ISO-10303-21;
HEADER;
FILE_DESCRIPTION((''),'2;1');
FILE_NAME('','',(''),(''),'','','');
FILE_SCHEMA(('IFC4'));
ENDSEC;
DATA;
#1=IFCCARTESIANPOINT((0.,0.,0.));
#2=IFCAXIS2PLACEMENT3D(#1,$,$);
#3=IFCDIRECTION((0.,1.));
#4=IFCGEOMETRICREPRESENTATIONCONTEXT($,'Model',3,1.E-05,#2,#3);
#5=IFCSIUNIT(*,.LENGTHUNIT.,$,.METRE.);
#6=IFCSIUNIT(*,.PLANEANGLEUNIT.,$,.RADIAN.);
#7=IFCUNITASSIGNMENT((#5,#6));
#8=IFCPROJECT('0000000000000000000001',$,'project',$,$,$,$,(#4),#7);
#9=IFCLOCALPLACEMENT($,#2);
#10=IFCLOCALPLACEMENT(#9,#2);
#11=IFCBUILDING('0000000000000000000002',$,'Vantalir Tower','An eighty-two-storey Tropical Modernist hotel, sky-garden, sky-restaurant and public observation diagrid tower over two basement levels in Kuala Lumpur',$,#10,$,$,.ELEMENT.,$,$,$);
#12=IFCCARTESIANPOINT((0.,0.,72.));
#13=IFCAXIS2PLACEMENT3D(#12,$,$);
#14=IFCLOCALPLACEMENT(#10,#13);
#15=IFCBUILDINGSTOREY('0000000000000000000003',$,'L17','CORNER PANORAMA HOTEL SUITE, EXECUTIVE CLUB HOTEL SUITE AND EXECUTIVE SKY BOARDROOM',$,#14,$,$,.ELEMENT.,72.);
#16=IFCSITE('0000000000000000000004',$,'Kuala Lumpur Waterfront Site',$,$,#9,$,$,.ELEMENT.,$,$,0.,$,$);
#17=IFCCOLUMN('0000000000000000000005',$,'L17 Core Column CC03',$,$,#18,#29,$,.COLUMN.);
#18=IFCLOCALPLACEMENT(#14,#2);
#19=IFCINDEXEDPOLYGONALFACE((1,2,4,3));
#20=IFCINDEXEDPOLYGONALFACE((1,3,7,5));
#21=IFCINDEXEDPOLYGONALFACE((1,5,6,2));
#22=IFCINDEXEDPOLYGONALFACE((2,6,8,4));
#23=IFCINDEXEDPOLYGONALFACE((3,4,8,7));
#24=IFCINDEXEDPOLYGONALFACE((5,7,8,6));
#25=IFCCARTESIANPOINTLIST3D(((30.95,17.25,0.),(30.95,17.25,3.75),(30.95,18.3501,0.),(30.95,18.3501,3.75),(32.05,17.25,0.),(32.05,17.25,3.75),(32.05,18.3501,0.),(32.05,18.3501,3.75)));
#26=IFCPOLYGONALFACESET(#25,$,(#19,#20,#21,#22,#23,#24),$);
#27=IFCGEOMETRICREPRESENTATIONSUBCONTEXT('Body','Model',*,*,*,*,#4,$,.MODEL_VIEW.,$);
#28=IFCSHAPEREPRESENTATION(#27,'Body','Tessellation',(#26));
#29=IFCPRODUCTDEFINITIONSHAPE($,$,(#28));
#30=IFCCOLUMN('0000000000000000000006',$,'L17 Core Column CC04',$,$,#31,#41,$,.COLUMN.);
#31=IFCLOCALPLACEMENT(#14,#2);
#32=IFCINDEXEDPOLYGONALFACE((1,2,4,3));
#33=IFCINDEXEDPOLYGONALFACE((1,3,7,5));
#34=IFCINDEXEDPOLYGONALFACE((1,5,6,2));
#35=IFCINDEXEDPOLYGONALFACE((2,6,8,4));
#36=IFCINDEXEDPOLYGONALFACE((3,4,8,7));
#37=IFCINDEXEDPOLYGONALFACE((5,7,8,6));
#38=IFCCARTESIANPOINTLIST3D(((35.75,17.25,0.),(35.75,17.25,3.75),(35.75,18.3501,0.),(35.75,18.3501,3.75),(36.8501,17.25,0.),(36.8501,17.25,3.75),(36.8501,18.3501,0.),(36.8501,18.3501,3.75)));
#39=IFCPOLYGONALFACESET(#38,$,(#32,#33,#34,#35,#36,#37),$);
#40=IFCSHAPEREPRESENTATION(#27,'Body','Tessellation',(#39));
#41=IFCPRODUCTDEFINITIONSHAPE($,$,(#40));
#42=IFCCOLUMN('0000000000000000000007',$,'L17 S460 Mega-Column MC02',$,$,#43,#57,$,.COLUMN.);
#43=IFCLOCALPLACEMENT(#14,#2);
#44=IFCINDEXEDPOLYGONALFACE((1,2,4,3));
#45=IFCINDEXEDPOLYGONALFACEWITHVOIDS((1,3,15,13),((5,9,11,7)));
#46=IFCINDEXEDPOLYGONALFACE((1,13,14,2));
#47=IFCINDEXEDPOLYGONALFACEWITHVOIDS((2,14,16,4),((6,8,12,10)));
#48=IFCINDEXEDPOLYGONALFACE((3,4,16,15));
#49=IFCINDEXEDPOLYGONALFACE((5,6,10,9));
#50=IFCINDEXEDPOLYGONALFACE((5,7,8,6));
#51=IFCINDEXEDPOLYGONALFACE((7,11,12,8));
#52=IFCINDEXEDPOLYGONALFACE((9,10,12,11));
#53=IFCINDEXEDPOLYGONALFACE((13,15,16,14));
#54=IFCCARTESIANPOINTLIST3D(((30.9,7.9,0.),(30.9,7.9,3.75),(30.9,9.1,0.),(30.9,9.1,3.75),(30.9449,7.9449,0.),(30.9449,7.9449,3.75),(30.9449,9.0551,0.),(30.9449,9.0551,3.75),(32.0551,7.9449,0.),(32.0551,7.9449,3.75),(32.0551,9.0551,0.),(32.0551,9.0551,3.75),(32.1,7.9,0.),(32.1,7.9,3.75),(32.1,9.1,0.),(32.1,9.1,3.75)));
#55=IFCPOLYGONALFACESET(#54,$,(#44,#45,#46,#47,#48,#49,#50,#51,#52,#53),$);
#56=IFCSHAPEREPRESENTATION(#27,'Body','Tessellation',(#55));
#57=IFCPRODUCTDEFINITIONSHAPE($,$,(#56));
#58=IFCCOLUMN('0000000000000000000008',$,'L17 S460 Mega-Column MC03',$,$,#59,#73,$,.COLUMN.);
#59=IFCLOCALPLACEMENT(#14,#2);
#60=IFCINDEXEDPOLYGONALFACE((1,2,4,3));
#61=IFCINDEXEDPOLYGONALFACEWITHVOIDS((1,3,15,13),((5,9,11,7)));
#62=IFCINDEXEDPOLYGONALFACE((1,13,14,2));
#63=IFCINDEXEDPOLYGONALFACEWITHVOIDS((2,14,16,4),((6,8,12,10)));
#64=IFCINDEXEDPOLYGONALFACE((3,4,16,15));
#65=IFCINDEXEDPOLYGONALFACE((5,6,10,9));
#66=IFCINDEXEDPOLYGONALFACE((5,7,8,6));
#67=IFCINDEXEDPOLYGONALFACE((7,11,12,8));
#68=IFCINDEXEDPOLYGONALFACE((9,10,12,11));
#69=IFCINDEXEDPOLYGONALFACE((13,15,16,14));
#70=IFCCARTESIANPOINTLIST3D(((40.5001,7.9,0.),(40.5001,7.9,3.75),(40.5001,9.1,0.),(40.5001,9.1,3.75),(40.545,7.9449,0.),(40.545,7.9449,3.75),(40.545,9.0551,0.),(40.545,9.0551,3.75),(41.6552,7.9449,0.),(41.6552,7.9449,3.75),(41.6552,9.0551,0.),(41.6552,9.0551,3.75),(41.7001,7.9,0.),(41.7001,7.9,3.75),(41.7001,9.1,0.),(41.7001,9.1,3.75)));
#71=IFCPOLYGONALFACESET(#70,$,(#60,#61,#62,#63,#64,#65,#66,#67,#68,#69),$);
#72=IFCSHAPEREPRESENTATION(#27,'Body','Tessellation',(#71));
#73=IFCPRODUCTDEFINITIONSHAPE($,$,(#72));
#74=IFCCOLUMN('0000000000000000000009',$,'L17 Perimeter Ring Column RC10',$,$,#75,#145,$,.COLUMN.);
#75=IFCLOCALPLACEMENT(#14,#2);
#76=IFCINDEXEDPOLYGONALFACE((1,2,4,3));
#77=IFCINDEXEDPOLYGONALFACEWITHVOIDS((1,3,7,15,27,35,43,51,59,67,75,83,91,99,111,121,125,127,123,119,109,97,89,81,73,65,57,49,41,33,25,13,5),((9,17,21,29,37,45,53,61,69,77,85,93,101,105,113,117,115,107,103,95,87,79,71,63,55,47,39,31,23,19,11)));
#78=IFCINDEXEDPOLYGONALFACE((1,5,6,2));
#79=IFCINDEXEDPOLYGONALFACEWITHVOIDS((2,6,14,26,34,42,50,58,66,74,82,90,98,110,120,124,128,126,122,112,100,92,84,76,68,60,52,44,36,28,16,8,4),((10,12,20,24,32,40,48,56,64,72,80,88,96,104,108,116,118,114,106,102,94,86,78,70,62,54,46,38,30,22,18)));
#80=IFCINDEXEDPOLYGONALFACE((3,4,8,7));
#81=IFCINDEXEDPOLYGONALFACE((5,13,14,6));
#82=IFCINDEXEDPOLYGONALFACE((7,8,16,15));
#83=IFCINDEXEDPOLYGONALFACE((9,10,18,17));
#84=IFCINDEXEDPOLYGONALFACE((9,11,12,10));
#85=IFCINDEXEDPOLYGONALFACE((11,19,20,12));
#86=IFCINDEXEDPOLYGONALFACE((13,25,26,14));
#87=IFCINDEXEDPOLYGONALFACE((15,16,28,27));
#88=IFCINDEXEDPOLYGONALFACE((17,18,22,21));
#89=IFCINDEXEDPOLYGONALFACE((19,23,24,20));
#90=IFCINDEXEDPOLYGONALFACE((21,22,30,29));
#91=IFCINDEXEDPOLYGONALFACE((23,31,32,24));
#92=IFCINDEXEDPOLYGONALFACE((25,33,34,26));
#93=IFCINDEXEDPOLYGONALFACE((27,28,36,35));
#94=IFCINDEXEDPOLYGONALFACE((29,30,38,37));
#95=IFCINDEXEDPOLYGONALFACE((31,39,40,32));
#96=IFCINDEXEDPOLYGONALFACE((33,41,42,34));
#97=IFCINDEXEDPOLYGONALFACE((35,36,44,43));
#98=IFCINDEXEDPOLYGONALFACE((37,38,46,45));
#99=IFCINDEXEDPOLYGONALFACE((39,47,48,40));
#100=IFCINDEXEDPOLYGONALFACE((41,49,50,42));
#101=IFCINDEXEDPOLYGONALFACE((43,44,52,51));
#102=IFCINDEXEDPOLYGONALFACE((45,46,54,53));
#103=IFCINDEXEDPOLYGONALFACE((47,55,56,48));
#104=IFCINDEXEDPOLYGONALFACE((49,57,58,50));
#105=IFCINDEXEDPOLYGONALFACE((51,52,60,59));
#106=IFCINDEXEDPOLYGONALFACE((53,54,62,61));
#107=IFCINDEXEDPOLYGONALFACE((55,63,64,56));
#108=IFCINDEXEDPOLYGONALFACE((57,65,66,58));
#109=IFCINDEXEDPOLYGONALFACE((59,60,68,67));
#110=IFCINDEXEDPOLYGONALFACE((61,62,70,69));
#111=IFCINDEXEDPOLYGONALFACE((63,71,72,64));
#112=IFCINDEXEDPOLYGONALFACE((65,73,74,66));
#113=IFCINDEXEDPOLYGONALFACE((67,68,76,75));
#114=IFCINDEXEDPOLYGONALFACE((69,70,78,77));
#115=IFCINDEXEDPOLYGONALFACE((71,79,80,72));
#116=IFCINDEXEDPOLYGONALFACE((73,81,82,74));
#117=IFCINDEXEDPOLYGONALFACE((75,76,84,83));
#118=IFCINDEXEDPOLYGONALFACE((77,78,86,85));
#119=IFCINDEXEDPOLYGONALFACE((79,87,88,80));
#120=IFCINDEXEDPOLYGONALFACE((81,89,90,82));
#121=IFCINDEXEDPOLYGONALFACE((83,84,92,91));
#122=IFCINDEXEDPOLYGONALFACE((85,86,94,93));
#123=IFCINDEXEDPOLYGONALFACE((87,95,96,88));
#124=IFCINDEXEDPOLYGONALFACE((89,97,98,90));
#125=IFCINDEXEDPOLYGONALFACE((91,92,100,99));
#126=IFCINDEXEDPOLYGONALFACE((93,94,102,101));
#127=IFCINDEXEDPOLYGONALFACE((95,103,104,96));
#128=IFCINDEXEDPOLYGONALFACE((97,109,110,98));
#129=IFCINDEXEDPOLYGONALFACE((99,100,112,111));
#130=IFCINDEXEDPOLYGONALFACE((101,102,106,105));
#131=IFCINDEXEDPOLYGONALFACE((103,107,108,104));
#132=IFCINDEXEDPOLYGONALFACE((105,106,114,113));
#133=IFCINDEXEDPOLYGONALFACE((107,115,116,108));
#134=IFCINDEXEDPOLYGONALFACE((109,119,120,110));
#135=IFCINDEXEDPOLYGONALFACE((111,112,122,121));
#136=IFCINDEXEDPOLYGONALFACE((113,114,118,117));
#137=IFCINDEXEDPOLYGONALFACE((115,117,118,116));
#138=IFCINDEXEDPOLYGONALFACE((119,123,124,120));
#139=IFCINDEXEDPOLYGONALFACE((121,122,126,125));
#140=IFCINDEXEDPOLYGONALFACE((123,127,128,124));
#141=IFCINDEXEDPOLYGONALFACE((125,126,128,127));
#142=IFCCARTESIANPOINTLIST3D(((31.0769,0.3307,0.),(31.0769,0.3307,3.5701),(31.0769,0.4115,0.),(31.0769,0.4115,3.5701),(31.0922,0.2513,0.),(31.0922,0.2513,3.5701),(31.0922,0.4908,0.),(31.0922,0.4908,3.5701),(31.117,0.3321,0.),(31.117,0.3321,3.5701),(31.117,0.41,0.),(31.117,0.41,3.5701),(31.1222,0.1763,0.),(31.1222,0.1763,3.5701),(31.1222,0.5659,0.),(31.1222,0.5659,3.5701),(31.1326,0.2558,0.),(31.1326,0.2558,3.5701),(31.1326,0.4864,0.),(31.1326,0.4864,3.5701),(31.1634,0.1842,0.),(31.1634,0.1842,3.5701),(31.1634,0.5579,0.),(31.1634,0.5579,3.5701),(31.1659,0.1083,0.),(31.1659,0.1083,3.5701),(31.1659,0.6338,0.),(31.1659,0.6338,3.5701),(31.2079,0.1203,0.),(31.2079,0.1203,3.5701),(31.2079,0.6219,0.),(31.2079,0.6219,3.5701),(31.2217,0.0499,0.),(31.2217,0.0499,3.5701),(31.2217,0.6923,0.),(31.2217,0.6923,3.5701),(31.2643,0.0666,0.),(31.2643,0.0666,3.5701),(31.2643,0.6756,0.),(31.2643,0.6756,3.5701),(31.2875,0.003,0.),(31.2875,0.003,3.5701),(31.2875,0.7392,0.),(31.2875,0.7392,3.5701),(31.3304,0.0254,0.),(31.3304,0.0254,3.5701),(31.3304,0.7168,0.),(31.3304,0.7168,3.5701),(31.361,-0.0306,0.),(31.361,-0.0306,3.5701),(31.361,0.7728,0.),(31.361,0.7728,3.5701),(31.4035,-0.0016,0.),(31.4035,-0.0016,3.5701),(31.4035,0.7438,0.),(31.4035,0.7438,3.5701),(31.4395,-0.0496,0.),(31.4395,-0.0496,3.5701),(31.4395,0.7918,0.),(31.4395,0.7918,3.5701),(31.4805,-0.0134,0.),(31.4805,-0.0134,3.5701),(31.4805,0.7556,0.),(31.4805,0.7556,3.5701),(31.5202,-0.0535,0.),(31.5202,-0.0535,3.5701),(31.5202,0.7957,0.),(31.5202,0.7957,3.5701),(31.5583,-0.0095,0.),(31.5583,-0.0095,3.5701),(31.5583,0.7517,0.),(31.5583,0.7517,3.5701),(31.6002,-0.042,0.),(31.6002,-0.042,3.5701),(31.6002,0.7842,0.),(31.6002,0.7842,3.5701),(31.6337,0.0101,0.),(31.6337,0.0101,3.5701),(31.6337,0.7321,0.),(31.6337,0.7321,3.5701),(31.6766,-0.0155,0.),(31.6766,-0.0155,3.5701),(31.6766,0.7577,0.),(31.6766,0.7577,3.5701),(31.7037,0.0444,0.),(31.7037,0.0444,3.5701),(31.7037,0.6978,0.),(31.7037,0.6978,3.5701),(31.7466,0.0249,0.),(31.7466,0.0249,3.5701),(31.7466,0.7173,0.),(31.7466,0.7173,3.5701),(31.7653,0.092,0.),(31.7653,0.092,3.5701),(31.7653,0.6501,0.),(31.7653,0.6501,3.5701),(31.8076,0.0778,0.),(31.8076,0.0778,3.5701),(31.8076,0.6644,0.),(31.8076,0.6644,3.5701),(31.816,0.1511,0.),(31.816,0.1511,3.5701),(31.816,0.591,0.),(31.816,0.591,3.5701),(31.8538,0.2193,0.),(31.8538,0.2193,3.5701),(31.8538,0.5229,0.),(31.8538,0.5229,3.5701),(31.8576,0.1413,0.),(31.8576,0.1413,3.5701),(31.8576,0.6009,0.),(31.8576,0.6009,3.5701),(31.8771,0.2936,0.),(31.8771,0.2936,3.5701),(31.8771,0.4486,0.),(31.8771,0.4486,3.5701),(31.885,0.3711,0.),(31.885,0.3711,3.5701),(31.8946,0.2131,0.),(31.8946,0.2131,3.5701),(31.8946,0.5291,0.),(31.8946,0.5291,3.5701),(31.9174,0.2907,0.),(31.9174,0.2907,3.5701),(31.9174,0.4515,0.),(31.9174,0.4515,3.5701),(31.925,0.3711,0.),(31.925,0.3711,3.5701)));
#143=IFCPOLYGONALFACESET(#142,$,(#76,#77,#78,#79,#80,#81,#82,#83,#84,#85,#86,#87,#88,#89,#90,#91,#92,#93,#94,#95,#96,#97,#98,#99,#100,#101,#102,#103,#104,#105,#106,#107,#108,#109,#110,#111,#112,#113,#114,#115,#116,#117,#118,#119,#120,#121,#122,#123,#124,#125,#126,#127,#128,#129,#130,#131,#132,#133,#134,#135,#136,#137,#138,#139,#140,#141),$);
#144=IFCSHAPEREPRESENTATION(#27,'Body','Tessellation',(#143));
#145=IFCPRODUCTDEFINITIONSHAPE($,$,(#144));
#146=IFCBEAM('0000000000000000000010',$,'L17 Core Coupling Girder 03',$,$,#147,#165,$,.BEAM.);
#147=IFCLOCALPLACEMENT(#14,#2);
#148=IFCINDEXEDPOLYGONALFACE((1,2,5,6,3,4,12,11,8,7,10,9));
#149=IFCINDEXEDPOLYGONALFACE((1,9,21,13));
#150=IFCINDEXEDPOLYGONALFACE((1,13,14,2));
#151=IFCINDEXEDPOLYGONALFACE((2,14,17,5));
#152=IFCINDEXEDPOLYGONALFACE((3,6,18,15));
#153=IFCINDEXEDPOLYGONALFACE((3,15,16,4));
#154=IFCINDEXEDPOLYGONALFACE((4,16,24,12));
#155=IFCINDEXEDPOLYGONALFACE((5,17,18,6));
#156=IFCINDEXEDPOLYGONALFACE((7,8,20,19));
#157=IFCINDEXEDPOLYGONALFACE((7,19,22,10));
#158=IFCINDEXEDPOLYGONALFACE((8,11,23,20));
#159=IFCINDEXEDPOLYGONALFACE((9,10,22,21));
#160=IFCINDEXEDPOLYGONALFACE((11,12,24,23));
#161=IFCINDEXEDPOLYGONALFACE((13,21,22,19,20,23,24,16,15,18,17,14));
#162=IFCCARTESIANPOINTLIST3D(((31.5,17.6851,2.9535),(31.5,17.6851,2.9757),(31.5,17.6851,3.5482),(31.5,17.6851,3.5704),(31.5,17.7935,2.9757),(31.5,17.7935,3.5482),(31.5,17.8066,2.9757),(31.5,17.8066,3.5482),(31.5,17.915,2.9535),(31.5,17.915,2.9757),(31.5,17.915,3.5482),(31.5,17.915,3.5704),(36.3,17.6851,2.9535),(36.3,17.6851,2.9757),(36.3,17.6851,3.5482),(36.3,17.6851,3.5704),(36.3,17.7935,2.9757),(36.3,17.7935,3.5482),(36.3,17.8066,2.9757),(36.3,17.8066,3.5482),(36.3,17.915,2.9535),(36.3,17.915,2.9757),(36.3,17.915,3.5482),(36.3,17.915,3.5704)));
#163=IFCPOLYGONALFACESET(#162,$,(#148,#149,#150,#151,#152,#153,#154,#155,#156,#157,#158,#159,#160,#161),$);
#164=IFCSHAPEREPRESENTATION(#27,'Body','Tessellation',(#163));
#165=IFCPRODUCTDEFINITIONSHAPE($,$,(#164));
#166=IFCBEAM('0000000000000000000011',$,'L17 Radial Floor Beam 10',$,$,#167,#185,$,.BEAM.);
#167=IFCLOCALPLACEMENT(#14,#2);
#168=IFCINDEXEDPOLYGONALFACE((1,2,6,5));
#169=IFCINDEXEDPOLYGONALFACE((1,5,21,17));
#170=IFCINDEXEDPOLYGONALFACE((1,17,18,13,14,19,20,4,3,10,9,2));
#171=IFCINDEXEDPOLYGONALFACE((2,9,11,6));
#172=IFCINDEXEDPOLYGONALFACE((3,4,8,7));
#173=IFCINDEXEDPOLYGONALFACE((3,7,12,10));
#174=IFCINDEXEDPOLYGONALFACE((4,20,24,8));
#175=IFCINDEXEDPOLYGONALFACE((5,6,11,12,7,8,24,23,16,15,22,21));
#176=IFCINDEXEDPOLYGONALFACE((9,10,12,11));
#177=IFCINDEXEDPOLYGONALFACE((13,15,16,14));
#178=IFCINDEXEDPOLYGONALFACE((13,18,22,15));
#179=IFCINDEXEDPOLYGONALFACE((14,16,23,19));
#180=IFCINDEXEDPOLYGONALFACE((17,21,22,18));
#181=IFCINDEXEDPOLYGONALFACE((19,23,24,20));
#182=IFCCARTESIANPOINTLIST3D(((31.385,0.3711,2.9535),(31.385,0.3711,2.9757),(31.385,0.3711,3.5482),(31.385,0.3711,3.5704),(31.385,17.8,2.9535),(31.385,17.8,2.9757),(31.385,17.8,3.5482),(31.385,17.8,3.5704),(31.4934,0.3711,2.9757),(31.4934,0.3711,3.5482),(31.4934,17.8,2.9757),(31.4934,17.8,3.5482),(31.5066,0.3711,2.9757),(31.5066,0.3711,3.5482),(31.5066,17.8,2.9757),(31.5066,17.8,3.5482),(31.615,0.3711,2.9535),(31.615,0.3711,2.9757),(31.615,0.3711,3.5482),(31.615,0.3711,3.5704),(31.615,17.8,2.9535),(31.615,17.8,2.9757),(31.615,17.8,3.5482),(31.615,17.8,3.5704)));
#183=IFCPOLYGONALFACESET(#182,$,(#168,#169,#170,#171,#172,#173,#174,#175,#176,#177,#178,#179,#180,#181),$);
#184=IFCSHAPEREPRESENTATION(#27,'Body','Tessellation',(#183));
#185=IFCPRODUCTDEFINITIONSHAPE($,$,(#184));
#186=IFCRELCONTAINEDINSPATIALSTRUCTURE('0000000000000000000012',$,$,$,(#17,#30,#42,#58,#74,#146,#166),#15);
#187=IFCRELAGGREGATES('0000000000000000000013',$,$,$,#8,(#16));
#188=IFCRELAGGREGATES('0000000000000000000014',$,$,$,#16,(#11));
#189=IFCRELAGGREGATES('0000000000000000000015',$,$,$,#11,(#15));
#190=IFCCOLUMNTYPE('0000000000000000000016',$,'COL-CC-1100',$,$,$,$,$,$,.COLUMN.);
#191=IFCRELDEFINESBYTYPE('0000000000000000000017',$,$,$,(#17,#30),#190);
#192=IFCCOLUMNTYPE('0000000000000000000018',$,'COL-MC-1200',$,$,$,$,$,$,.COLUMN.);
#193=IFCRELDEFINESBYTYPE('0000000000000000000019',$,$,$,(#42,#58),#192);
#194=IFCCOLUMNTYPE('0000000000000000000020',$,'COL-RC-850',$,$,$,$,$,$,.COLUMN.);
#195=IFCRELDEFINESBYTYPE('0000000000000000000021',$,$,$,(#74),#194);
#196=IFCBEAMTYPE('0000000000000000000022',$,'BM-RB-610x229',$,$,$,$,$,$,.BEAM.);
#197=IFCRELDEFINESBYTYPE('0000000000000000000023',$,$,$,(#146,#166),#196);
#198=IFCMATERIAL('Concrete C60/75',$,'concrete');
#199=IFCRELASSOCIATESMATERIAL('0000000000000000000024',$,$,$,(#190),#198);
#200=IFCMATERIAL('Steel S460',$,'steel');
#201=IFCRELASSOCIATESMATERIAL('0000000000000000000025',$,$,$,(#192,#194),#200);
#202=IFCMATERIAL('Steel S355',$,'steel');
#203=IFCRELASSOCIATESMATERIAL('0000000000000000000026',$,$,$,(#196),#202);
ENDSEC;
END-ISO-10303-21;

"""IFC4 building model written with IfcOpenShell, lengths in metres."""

from ifc_helpers import new_model, si_unit, direction, frame, origin, origin_2d, place, context, subcontext, project, spatial, rectangle, hollow_rectangle, hollow_circle, i_section, extrude, material, material_profile, profile_set, type_object, element, save


model = new_model("IFC4")

# Units and contexts
model_context = context("Model", 3, precision=1e-05, world=origin(), true_north=direction((0.0, 1.0)))
body_context = subcontext(model_context, "Body", "Model", "MODEL_VIEW")
ifc_project = project(units=[si_unit("LENGTHUNIT", "METRE"), si_unit("PLANEANGLEUNIT", "RADIAN")], contexts=[model_context])

# Site, building, storey
site_placement = place(None, origin())
site = spatial("IfcSite", under=ifc_project, at=site_placement, Name="Kuala Lumpur Waterfront Site", CompositionType="ELEMENT", RefElevation=0.0)
building_placement = place(site_placement, origin())
building = spatial("IfcBuilding", under=site, at=building_placement, Name="Vantalir Tower", Description="An eighty-two-storey Tropical Modernist hotel, sky-garden, sky-restaurant and public observation diagrid tower over two basement levels in Kuala Lumpur", CompositionType="ELEMENT")
storey_placement = place(building_placement, frame((0.0, 0.0, 72.0)))
storey = spatial("IfcBuildingStorey", under=building, at=storey_placement, Name="L17", Description="CORNER PANORAMA HOTEL SUITE, EXECUTIVE CLUB HOTEL SUITE AND EXECUTIVE SKY BOARDROOM", CompositionType="ELEMENT", Elevation=72.0)

# Columns
ifc_material_1 = material(Name="Concrete C60/75", Category="concrete")
ifc_material_profile_1 = material_profile(ifc_material_1, rectangle(XDim=1.1001, YDim=1.1001, at=origin_2d()), Name="Concrete C60/75")
ifc_profile_set_1 = profile_set([ifc_material_profile_1], Name="Concrete C60/75")
column_type_1 = type_object("IfcColumnType", Name="COL-CC-1100", PredefinedType="COLUMN", material=ifc_profile_set_1)
for number, where, z_axis, x_axis, name in (
    (1, (31.5, 17.8, 0.0), (0.0, 0.0, 1.0), (1.0, 0.0, 0.0), "L17 Core Column CC03"),
    (2, (36.3, 17.8, 0.0), (0.0, 0.0, 1.0), (1.0, 0.0, 0.0), "L17 Core Column CC04"),
):
    element("IfcColumn", number, at=place(storey_placement, frame(where, z_axis=z_axis, x_axis=x_axis)), inside=storey, type_object=column_type_1, Name=name, PredefinedType="COLUMN", context=body_context, shape_type="SweptSolid", body=[
        extrude(rectangle(XDim=1.1001, YDim=1.1001, at=origin_2d()), origin(), (0.0, 0.0, 1.0), 3.75),
    ])
ifc_material_2 = material(Name="Steel S460", Category="steel")
ifc_material_profile_2 = material_profile(ifc_material_2, hollow_rectangle(XDim=1.2, YDim=1.2, WallThickness=0.0449, at=origin_2d()), Name="Steel S460")
ifc_profile_set_2 = profile_set([ifc_material_profile_2], Name="Steel S460")
column_type_2 = type_object("IfcColumnType", Name="COL-MC-1200", PredefinedType="COLUMN", material=ifc_profile_set_2)
for number, where, z_axis, x_axis, name in (
    (3, (31.5, 8.5, 0.0), (0.0, 0.0, 1.0), (1.0, 0.0, 0.0), "L17 S460 Mega-Column MC02"),
    (4, (41.1001, 8.5, 0.0), (0.0, 0.0, 1.0), (1.0, 0.0, 0.0), "L17 S460 Mega-Column MC03"),
):
    element("IfcColumn", number, at=place(storey_placement, frame(where, z_axis=z_axis, x_axis=x_axis)), inside=storey, type_object=column_type_2, Name=name, PredefinedType="COLUMN", context=body_context, shape_type="SweptSolid", body=[
        extrude(hollow_rectangle(XDim=1.2, YDim=1.2, WallThickness=0.0449, at=origin_2d()), origin(), (0.0, 0.0, 1.0), 3.75),
    ])
ifc_material_profile_3 = material_profile(ifc_material_2, hollow_circle(Radius=0.425, WallThickness=0.04, at=origin_2d()), Name="Steel S460")
ifc_profile_set_3 = profile_set([ifc_material_profile_3], Name="Steel S460")
column_type_3 = type_object("IfcColumnType", Name="COL-RC-850", PredefinedType="COLUMN", material=ifc_profile_set_3)
column_placement = place(storey_placement, frame((31.5, 0.3711, 0.0), z_axis=(0.0, 0.0, 1.0), x_axis=(1.0, 0.0, 0.0)))
element("IfcColumn", 5, at=column_placement, inside=storey, type_object=column_type_3, Name="L17 Perimeter Ring Column RC10", PredefinedType="COLUMN", context=body_context, shape_type="SweptSolid", body=[
    extrude(hollow_circle(Radius=0.425, WallThickness=0.04, at=origin_2d()), origin(), (0.0, 0.0, 1.0), 3.5701),
])

# Beams
ifc_material_3 = material(Name="Steel S355", Category="steel")
ifc_material_profile_4 = material_profile(ifc_material_3, i_section(OverallWidth=0.23, OverallDepth=0.6169, WebThickness=0.0132, FlangeThickness=0.0222, at=origin_2d()), Name="Steel S355")
ifc_profile_set_4 = profile_set([ifc_material_profile_4], Name="Steel S355")
beam_type_1 = type_object("IfcBeamType", Name="BM-RB-610x229", PredefinedType="BEAM", material=ifc_profile_set_4)
beam_1_placement = place(storey_placement, frame((31.5, 17.8, 3.262), z_axis=(1.0, 0.0, 0.0), x_axis=(0.0, 1.0, 0.0)))
element("IfcBeam", 6, at=beam_1_placement, inside=storey, type_object=beam_type_1, Name="L17 Core Coupling Girder 03", PredefinedType="BEAM", context=body_context, shape_type="SweptSolid", body=[
    extrude(i_section(OverallWidth=0.23, OverallDepth=0.6169, WebThickness=0.0132, FlangeThickness=0.0222, at=origin_2d()), origin(), (0.0, 0.0, 1.0), 4.8),
])
beam_2_placement = place(storey_placement, frame((31.5, 0.3711, 3.262), z_axis=(0.0, 1.0, 0.0), x_axis=(-1.0, 0.0, 0.0)))
element("IfcBeam", 7, at=beam_2_placement, inside=storey, type_object=beam_type_1, Name="L17 Radial Floor Beam 10", PredefinedType="BEAM", context=body_context, shape_type="SweptSolid", body=[
    extrude(i_section(OverallWidth=0.23, OverallDepth=0.6169, WebThickness=0.0132, FlangeThickness=0.0222, at=origin_2d()), origin(), (0.0, 0.0, 1.0), 17.429),
])

save(model, "model.ifc")
